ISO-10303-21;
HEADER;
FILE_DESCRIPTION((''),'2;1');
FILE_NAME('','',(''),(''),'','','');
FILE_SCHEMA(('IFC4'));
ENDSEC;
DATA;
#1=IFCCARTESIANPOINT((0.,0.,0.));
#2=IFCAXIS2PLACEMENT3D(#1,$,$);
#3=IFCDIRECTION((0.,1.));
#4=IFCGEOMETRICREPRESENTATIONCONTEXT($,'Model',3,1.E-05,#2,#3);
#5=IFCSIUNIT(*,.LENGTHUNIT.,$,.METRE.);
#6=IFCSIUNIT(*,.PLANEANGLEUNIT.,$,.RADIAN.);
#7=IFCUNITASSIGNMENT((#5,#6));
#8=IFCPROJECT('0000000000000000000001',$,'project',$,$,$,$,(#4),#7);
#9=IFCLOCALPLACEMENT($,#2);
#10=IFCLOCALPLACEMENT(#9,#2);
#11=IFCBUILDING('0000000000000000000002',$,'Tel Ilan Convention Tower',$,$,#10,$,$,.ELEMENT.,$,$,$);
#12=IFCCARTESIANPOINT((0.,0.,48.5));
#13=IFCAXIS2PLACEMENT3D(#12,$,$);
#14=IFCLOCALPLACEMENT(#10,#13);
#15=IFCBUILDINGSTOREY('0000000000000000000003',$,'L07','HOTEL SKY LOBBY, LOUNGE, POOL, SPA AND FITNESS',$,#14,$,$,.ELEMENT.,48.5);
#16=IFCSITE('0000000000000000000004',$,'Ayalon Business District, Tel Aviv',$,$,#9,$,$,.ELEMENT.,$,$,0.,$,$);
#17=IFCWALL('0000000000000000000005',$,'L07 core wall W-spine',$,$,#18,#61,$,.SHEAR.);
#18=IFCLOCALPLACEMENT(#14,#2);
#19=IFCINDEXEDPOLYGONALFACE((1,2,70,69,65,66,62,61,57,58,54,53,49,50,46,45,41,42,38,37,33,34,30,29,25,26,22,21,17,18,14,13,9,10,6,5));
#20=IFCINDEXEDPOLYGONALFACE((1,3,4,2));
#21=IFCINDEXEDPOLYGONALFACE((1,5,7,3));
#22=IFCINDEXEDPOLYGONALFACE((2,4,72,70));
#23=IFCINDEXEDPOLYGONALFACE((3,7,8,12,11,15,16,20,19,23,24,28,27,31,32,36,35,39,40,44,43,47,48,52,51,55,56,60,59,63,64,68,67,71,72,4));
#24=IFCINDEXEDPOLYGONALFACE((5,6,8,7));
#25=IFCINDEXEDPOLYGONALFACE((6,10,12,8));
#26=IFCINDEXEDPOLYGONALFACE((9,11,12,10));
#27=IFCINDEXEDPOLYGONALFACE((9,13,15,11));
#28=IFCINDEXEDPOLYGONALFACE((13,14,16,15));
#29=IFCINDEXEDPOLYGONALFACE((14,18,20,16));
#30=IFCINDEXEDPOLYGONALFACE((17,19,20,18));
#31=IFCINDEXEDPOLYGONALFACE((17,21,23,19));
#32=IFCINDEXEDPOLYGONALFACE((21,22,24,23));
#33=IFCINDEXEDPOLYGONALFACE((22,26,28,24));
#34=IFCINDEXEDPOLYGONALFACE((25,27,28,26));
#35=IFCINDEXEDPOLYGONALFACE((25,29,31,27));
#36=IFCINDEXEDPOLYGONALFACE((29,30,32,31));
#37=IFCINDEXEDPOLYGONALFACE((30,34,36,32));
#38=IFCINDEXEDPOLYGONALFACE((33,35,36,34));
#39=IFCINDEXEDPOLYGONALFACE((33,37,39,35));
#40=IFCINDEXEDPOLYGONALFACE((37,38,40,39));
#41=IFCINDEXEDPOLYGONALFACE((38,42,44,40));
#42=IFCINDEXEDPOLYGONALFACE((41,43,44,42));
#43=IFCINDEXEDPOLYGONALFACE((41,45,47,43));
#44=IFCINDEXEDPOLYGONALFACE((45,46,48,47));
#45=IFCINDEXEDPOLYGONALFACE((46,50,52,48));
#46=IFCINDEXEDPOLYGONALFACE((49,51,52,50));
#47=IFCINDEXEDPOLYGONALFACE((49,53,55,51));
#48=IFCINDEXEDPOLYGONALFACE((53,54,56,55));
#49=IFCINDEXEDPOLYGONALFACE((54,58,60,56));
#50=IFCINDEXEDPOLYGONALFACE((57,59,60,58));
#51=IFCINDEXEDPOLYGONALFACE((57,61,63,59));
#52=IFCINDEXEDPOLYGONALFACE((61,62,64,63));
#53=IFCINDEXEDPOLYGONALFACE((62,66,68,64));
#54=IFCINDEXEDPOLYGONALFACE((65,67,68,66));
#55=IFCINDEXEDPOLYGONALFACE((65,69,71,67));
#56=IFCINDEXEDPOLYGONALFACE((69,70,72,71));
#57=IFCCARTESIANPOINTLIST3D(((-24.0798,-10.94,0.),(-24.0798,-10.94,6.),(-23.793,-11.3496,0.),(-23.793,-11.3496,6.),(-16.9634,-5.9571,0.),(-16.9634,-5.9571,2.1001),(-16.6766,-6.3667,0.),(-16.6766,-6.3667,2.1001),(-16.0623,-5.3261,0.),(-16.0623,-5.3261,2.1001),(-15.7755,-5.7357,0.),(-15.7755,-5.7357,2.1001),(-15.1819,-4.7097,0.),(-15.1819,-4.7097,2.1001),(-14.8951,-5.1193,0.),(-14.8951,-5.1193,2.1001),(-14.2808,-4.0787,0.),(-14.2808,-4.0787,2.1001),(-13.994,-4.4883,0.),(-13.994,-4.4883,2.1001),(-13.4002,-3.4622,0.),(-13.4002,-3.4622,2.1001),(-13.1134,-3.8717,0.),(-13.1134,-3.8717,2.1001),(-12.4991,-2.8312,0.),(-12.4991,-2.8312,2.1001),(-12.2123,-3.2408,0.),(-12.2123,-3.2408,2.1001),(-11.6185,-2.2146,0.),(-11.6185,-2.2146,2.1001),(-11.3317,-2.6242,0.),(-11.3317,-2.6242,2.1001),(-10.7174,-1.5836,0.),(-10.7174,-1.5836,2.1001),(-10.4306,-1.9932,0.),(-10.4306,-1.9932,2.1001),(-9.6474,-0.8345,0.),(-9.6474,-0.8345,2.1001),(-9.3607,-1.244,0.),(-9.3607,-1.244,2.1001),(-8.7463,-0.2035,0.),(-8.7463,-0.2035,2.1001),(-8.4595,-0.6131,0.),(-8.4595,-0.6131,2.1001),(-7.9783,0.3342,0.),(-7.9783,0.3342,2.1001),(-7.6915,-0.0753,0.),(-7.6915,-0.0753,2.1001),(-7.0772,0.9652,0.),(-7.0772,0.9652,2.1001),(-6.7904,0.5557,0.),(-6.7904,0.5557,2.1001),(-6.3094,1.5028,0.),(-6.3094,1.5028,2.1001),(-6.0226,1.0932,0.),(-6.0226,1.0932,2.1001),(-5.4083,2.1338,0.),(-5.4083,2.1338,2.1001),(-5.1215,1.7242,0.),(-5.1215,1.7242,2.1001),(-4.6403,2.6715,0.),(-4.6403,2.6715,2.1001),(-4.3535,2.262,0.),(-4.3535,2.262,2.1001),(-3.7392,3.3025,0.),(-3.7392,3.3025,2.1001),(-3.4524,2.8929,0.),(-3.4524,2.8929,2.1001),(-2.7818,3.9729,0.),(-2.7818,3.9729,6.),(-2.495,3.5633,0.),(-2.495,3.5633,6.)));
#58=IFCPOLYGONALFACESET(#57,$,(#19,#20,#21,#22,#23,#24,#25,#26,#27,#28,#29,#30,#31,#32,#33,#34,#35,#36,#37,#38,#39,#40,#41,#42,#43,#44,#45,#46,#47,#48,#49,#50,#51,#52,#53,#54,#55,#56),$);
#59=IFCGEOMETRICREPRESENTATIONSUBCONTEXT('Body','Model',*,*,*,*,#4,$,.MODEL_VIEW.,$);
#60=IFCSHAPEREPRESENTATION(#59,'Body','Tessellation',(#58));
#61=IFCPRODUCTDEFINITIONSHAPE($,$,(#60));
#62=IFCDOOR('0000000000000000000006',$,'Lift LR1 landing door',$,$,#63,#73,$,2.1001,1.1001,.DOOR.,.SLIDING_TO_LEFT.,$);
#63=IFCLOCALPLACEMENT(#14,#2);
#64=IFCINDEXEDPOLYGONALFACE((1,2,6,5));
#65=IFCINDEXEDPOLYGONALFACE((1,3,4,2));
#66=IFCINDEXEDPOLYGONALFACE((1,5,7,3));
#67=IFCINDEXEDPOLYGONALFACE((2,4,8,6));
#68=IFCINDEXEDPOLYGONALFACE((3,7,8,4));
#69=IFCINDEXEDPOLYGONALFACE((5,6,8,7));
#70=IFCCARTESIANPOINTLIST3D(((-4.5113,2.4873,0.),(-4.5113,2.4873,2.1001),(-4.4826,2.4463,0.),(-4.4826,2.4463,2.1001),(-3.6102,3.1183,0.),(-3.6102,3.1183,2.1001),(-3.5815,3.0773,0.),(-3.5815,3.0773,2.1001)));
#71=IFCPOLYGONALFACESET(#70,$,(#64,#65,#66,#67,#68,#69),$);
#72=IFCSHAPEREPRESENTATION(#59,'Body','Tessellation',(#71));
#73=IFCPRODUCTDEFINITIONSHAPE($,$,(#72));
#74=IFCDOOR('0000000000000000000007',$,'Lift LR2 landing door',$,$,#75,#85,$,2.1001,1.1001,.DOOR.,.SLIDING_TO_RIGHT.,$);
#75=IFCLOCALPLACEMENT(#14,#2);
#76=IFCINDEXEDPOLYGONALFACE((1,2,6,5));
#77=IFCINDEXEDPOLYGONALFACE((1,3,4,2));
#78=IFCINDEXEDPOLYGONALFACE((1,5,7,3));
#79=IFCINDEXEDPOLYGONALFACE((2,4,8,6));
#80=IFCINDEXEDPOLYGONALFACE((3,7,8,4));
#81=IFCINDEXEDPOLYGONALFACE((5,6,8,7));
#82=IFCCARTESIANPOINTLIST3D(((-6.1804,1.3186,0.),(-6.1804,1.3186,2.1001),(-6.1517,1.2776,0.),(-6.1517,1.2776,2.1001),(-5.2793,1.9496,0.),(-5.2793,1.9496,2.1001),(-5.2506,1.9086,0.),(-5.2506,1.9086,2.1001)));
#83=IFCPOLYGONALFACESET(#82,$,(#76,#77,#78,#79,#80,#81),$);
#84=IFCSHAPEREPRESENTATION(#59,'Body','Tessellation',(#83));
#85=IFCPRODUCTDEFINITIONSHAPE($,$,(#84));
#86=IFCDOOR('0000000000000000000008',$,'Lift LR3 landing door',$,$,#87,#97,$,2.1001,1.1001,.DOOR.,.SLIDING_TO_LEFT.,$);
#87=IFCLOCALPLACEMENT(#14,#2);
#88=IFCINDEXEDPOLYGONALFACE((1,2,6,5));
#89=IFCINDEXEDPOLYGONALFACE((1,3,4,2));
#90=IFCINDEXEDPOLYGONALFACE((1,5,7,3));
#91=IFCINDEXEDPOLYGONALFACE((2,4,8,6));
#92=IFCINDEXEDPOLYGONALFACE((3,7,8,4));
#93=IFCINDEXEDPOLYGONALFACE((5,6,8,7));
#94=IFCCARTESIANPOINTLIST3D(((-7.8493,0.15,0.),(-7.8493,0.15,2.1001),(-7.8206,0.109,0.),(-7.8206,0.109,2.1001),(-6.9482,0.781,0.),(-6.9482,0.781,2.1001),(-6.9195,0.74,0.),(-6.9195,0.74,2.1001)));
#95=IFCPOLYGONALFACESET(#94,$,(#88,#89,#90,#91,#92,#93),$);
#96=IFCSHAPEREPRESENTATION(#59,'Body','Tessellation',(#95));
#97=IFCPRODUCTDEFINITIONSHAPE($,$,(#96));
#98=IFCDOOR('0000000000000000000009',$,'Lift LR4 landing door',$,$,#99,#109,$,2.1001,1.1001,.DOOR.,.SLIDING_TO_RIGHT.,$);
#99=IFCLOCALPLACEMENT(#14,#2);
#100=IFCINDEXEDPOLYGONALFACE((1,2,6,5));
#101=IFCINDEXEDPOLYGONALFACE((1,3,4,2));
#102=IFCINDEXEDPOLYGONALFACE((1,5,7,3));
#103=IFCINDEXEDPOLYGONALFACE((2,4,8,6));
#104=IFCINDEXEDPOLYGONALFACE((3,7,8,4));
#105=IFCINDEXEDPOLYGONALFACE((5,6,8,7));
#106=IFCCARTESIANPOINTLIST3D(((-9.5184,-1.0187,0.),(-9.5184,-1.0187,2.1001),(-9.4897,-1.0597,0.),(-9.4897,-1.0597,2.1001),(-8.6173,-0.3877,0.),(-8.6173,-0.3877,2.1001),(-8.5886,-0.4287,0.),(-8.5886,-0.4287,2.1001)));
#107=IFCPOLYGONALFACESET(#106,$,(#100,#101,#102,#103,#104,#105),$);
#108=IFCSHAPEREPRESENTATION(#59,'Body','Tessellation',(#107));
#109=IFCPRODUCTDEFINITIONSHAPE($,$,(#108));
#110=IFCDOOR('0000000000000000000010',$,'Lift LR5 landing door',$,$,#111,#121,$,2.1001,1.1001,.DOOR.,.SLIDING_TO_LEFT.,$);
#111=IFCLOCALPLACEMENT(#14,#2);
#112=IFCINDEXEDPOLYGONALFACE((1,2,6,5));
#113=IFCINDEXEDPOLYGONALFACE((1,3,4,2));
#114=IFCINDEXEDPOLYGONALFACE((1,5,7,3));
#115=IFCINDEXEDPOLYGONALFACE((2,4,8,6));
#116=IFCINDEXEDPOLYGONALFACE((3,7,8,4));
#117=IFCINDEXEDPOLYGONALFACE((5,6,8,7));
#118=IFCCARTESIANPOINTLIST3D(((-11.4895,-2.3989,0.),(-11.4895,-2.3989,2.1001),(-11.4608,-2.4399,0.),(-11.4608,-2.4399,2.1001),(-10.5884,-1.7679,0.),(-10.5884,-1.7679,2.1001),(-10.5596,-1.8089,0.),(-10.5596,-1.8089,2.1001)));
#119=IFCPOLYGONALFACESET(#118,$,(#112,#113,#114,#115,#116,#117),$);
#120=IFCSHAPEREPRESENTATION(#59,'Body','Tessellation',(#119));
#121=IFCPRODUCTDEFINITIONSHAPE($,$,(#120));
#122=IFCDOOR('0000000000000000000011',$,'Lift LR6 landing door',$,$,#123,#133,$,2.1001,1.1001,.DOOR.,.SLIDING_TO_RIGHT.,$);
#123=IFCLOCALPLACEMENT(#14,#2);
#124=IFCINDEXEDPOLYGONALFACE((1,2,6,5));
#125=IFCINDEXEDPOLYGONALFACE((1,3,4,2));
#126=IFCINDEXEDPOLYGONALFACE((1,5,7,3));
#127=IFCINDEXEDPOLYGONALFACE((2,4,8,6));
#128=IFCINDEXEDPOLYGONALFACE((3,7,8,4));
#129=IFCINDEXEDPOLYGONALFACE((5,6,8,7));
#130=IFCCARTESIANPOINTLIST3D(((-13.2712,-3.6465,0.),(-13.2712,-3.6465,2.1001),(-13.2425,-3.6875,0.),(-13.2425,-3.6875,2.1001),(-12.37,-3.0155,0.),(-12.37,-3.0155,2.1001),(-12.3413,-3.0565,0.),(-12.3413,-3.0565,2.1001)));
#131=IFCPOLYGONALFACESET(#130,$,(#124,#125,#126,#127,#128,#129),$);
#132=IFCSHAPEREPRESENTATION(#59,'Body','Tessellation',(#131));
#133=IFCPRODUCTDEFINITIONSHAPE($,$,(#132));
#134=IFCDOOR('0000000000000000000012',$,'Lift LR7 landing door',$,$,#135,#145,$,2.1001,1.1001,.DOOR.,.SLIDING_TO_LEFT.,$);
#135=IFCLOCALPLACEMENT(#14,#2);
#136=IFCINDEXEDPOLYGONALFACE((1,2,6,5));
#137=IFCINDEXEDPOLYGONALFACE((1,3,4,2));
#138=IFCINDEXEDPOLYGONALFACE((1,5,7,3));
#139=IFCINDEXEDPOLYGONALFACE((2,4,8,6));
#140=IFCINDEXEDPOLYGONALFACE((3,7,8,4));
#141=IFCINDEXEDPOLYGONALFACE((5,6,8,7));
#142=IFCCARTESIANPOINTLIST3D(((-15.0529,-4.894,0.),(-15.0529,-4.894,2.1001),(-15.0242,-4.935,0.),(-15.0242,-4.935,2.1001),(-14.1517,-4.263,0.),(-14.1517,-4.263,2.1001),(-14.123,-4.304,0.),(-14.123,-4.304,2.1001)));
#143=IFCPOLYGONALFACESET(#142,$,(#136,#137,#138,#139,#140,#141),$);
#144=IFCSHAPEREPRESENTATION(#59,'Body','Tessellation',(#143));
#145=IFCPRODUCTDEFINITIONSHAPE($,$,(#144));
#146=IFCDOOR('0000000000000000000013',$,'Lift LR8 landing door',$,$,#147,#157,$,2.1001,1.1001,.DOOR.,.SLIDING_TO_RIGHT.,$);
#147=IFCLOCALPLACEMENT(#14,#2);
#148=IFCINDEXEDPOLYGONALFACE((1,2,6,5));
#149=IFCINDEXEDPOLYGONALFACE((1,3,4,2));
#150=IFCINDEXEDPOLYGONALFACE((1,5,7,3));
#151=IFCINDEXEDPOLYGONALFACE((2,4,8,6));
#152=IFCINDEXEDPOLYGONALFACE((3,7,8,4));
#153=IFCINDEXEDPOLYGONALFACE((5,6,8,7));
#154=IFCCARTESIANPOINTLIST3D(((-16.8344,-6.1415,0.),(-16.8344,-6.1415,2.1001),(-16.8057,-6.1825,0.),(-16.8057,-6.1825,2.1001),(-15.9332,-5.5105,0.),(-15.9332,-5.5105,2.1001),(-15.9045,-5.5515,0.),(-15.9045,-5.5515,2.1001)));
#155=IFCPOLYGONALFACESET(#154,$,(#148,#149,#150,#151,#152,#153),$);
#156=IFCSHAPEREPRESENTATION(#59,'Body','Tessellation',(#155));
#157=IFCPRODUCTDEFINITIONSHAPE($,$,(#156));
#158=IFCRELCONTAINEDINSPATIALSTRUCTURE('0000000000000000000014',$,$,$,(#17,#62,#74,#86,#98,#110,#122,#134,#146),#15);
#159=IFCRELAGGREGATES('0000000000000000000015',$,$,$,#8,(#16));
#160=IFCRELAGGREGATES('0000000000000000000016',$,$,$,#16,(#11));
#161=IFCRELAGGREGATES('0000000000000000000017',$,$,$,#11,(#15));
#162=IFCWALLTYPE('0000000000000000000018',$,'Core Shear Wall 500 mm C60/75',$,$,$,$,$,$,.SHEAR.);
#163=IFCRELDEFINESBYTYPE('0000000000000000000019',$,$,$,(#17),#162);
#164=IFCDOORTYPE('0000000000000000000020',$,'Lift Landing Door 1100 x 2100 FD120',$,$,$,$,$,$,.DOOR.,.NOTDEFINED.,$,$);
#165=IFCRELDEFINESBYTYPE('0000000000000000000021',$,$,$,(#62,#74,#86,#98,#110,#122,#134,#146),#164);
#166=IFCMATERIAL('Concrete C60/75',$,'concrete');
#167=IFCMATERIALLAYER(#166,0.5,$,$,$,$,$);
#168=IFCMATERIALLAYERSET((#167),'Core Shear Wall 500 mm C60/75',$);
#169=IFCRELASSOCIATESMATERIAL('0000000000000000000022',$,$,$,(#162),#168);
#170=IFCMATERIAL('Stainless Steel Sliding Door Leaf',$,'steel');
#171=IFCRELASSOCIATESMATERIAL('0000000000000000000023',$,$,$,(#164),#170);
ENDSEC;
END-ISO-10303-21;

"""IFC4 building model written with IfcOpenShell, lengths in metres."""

from ifc_helpers import new_model, si_unit, direction, frame, frame_2d, origin, place, context, subcontext, project, spatial, polyline, rectangle, outline, extrude, material, layer, layer_set, type_object, element, fill, save


model = new_model("IFC4")

# Units and contexts
model_context = context("Model", 3, precision=1e-05, world=origin(), true_north=direction((0.0, 1.0)))
body_context = subcontext(model_context, "Body", "Model", "MODEL_VIEW")
ifc_project = project(units=[si_unit("LENGTHUNIT", "METRE"), si_unit("PLANEANGLEUNIT", "RADIAN")], contexts=[model_context])

# Site, building, storey
site_placement = place(None, origin())
site = spatial("IfcSite", under=ifc_project, at=site_placement, Name="Ayalon Business District, Tel Aviv", CompositionType="ELEMENT", RefElevation=0.0)
building_placement = place(site_placement, origin())
building = spatial("IfcBuilding", under=site, at=building_placement, Name="Tel Ilan Convention Tower", CompositionType="ELEMENT")
storey_placement = place(building_placement, frame((0.0, 0.0, 48.5)))
storey = spatial("IfcBuildingStorey", under=building, at=storey_placement, Name="L07", Description="HOTEL SKY LOBBY, LOUNGE, POOL, SPA AND FITNESS", CompositionType="ELEMENT", Elevation=48.5)

# Wall, openings, doors
ifc_material_1 = material(Name="Concrete C60/75", Category="concrete")
ifc_layer_1 = layer(ifc_material_1, 0.5)
ifc_layer_set_1 = layer_set([ifc_layer_1], Name="Core Shear Wall 500 mm C60/75")
wall_type_1 = type_object("IfcWallType", Name="Core Shear Wall 500 mm C60/75", PredefinedType="SHEAR", material=ifc_layer_set_1)
wall_1_placement = place(storey_placement, frame((-2.6384, 3.7681, 0.0), z_axis=(0.0, 0.0, 1.0), x_axis=(-0.819149, -0.573581, 0.0)))
wall_1 = element("IfcWall", 1, at=wall_1_placement, inside=storey, type_object=wall_type_1, Name="L07 core wall W-spine", PredefinedType="SHEAR", context=body_context, shape_type="SweptSolid", body=[
    extrude(outline(polyline([(26.0, 0.2498), (0.0, 0.25), (0.0, -0.25), (26.0, -0.2502), (26.0, 0.2498)])), origin(), (0.0, 0.0, 1.0), 6.0),
])
opening_1_placement = place(wall_1_placement, frame((1.1687, 0.0, 0.0)))
opening_1 = element("IfcOpeningElement", 2, at=opening_1_placement, cuts=wall_1, PredefinedType="OPENING", context=body_context, shape_type="SweptSolid", body=[
    extrude(rectangle(XDim=1.1001, YDim=2.1001, at=frame_2d((0.55, 1.05))), frame((0.0, 0.26, 0.0), z_axis=(0.0, -1.0, 0.0), x_axis=(1.0, 0.0, 0.0)), (0.0, 0.0, 1.0), 0.52),
])
opening_2_placement = place(wall_1_placement, frame((3.2063, 0.0, 0.0)))
opening_2 = element("IfcOpeningElement", 3, at=opening_2_placement, cuts=wall_1, PredefinedType="OPENING", context=body_context, shape_type="SweptSolid", body=[
    extrude(rectangle(XDim=1.1001, YDim=2.1001, at=frame_2d((0.55, 1.05))), frame((0.0, 0.26, 0.0), z_axis=(0.0, -1.0, 0.0), x_axis=(1.0, 0.0, 0.0)), (0.0, 0.0, 1.0), 0.52),
])
opening_3_placement = place(wall_1_placement, frame((5.2437, 0.0, 0.0)))
opening_3 = element("IfcOpeningElement", 4, at=opening_3_placement, cuts=wall_1, PredefinedType="OPENING", context=body_context, shape_type="SweptSolid", body=[
    extrude(rectangle(XDim=1.1001, YDim=2.1001, at=frame_2d((0.55, 1.05))), frame((0.0, 0.26, 0.0), z_axis=(0.0, -1.0, 0.0), x_axis=(1.0, 0.0, 0.0)), (0.0, 0.0, 1.0), 0.52),
])
opening_4_placement = place(wall_1_placement, frame((7.2812, 0.0, 0.0)))
opening_4 = element("IfcOpeningElement", 5, at=opening_4_placement, cuts=wall_1, PredefinedType="OPENING", context=body_context, shape_type="SweptSolid", body=[
    extrude(rectangle(XDim=1.1001, YDim=2.1001, at=frame_2d((0.55, 1.05))), frame((0.0, 0.26, 0.0), z_axis=(0.0, -1.0, 0.0), x_axis=(1.0, 0.0, 0.0)), (0.0, 0.0, 1.0), 0.52),
])
opening_5_placement = place(wall_1_placement, frame((9.6875, 0.0, 0.0)))
opening_5 = element("IfcOpeningElement", 6, at=opening_5_placement, cuts=wall_1, PredefinedType="OPENING", context=body_context, shape_type="SweptSolid", body=[
    extrude(rectangle(XDim=1.1001, YDim=2.1001, at=frame_2d((0.55, 1.05))), frame((0.0, 0.26, 0.0), z_axis=(0.0, -1.0, 0.0), x_axis=(1.0, 0.0, 0.0)), (0.0, 0.0, 1.0), 0.52),
])
opening_6_placement = place(wall_1_placement, frame((11.8625, 0.0, 0.0)))
opening_6 = element("IfcOpeningElement", 7, at=opening_6_placement, cuts=wall_1, PredefinedType="OPENING", context=body_context, shape_type="SweptSolid", body=[
    extrude(rectangle(XDim=1.1001, YDim=2.1001, at=frame_2d((0.55, 1.05))), frame((0.0, 0.26, 0.0), z_axis=(0.0, -1.0, 0.0), x_axis=(1.0, 0.0, 0.0)), (0.0, 0.0, 1.0), 0.52),
])
opening_7_placement = place(wall_1_placement, frame((14.0376, 0.0, 0.0)))
opening_7 = element("IfcOpeningElement", 8, at=opening_7_placement, cuts=wall_1, PredefinedType="OPENING", context=body_context, shape_type="SweptSolid", body=[
    extrude(rectangle(XDim=1.1001, YDim=2.1001, at=frame_2d((0.55, 1.05))), frame((0.0, 0.26, 0.0), z_axis=(0.0, -1.0, 0.0), x_axis=(1.0, 0.0, 0.0)), (0.0, 0.0, 1.0), 0.52),
])
opening_8_placement = place(wall_1_placement, frame((16.2124, 0.0, 0.0)))
opening_8 = element("IfcOpeningElement", 9, at=opening_8_placement, cuts=wall_1, PredefinedType="OPENING", context=body_context, shape_type="SweptSolid", body=[
    extrude(rectangle(XDim=1.1001, YDim=2.1001, at=frame_2d((0.55, 1.05))), frame((0.0, 0.26, 0.0), z_axis=(0.0, -1.0, 0.0), x_axis=(1.0, 0.0, 0.0)), (0.0, 0.0, 1.0), 0.52),
])
ifc_material_2 = material(Name="Stainless Steel Sliding Door Leaf", Category="steel")
door_type = type_object("IfcDoorType", Name="Lift Landing Door 1100 x 2100 FD120", OperationType="NOTDEFINED", PredefinedType="DOOR", material=ifc_material_2)
door_1_placement = place(opening_1_placement, origin())
door_1 = element("IfcDoor", 10, at=door_1_placement, inside=storey, type_object=door_type, Name="Lift LR1 landing door", OperationType="SLIDING_TO_LEFT", OverallHeight=2.1001, OverallWidth=1.1001, PredefinedType="DOOR", context=body_context, shape_type="SweptSolid", body=[
    extrude(rectangle(XDim=1.1001, YDim=2.1001, at=frame_2d((0.55, 1.05))), frame((0.0, 0.0249, 0.0), z_axis=(0.0, -1.0, 0.0), x_axis=(1.0, 0.0, 0.0)), (0.0, 0.0, 1.0), 0.05),
])
fill(opening_1, door_1)
door_2_placement = place(opening_2_placement, origin())
door_2 = element("IfcDoor", 11, at=door_2_placement, inside=storey, type_object=door_type, Name="Lift LR2 landing door", OperationType="SLIDING_TO_RIGHT", OverallHeight=2.1001, OverallWidth=1.1001, PredefinedType="DOOR", context=body_context, shape_type="SweptSolid", body=[
    extrude(rectangle(XDim=1.1001, YDim=2.1001, at=frame_2d((0.55, 1.05))), frame((0.0, 0.0249, 0.0), z_axis=(0.0, -1.0, 0.0), x_axis=(1.0, 0.0, 0.0)), (0.0, 0.0, 1.0), 0.05),
])
fill(opening_2, door_2)
door_3_placement = place(opening_3_placement, origin())
door_3 = element("IfcDoor", 12, at=door_3_placement, inside=storey, type_object=door_type, Name="Lift LR3 landing door", OperationType="SLIDING_TO_LEFT", OverallHeight=2.1001, OverallWidth=1.1001, PredefinedType="DOOR", context=body_context, shape_type="SweptSolid", body=[
    extrude(rectangle(XDim=1.1001, YDim=2.1001, at=frame_2d((0.55, 1.05))), frame((0.0, 0.0249, 0.0), z_axis=(0.0, -1.0, 0.0), x_axis=(1.0, 0.0, 0.0)), (0.0, 0.0, 1.0), 0.05),
])
fill(opening_3, door_3)
door_4_placement = place(opening_4_placement, origin())
door_4 = element("IfcDoor", 13, at=door_4_placement, inside=storey, type_object=door_type, Name="Lift LR4 landing door", OperationType="SLIDING_TO_RIGHT", OverallHeight=2.1001, OverallWidth=1.1001, PredefinedType="DOOR", context=body_context, shape_type="SweptSolid", body=[
    extrude(rectangle(XDim=1.1001, YDim=2.1001, at=frame_2d((0.55, 1.05))), frame((0.0, 0.0249, 0.0), z_axis=(0.0, -1.0, 0.0), x_axis=(1.0, 0.0, 0.0)), (0.0, 0.0, 1.0), 0.05),
])
fill(opening_4, door_4)
door_5_placement = place(opening_5_placement, origin())
door_5 = element("IfcDoor", 14, at=door_5_placement, inside=storey, type_object=door_type, Name="Lift LR5 landing door", OperationType="SLIDING_TO_LEFT", OverallHeight=2.1001, OverallWidth=1.1001, PredefinedType="DOOR", context=body_context, shape_type="SweptSolid", body=[
    extrude(rectangle(XDim=1.1001, YDim=2.1001, at=frame_2d((0.55, 1.05))), frame((0.0, 0.0249, 0.0), z_axis=(0.0, -1.0, 0.0), x_axis=(1.0, 0.0, 0.0)), (0.0, 0.0, 1.0), 0.05),
])
fill(opening_5, door_5)
door_6_placement = place(opening_6_placement, origin())
door_6 = element("IfcDoor", 15, at=door_6_placement, inside=storey, type_object=door_type, Name="Lift LR6 landing door", OperationType="SLIDING_TO_RIGHT", OverallHeight=2.1001, OverallWidth=1.1001, PredefinedType="DOOR", context=body_context, shape_type="SweptSolid", body=[
    extrude(rectangle(XDim=1.1001, YDim=2.1001, at=frame_2d((0.55, 1.05))), frame((0.0, 0.0249, 0.0), z_axis=(0.0, -1.0, 0.0), x_axis=(1.0, 0.0, 0.0)), (0.0, 0.0, 1.0), 0.05),
])
fill(opening_6, door_6)
door_7_placement = place(opening_7_placement, origin())
door_7 = element("IfcDoor", 16, at=door_7_placement, inside=storey, type_object=door_type, Name="Lift LR7 landing door", OperationType="SLIDING_TO_LEFT", OverallHeight=2.1001, OverallWidth=1.1001, PredefinedType="DOOR", context=body_context, shape_type="SweptSolid", body=[
    extrude(rectangle(XDim=1.1001, YDim=2.1001, at=frame_2d((0.55, 1.05))), frame((0.0, 0.0249, 0.0), z_axis=(0.0, -1.0, 0.0), x_axis=(1.0, 0.0, 0.0)), (0.0, 0.0, 1.0), 0.05),
])
fill(opening_7, door_7)
door_8_placement = place(opening_8_placement, origin())
door_8 = element("IfcDoor", 17, at=door_8_placement, inside=storey, type_object=door_type, Name="Lift LR8 landing door", OperationType="SLIDING_TO_RIGHT", OverallHeight=2.1001, OverallWidth=1.1001, PredefinedType="DOOR", context=body_context, shape_type="SweptSolid", body=[
    extrude(rectangle(XDim=1.1001, YDim=2.1001, at=frame_2d((0.55, 1.05))), frame((0.0, 0.0249, 0.0), z_axis=(0.0, -1.0, 0.0), x_axis=(1.0, 0.0, 0.0)), (0.0, 0.0, 1.0), 0.05),
])
fill(opening_8, door_8)

save(model, "model.ifc")
